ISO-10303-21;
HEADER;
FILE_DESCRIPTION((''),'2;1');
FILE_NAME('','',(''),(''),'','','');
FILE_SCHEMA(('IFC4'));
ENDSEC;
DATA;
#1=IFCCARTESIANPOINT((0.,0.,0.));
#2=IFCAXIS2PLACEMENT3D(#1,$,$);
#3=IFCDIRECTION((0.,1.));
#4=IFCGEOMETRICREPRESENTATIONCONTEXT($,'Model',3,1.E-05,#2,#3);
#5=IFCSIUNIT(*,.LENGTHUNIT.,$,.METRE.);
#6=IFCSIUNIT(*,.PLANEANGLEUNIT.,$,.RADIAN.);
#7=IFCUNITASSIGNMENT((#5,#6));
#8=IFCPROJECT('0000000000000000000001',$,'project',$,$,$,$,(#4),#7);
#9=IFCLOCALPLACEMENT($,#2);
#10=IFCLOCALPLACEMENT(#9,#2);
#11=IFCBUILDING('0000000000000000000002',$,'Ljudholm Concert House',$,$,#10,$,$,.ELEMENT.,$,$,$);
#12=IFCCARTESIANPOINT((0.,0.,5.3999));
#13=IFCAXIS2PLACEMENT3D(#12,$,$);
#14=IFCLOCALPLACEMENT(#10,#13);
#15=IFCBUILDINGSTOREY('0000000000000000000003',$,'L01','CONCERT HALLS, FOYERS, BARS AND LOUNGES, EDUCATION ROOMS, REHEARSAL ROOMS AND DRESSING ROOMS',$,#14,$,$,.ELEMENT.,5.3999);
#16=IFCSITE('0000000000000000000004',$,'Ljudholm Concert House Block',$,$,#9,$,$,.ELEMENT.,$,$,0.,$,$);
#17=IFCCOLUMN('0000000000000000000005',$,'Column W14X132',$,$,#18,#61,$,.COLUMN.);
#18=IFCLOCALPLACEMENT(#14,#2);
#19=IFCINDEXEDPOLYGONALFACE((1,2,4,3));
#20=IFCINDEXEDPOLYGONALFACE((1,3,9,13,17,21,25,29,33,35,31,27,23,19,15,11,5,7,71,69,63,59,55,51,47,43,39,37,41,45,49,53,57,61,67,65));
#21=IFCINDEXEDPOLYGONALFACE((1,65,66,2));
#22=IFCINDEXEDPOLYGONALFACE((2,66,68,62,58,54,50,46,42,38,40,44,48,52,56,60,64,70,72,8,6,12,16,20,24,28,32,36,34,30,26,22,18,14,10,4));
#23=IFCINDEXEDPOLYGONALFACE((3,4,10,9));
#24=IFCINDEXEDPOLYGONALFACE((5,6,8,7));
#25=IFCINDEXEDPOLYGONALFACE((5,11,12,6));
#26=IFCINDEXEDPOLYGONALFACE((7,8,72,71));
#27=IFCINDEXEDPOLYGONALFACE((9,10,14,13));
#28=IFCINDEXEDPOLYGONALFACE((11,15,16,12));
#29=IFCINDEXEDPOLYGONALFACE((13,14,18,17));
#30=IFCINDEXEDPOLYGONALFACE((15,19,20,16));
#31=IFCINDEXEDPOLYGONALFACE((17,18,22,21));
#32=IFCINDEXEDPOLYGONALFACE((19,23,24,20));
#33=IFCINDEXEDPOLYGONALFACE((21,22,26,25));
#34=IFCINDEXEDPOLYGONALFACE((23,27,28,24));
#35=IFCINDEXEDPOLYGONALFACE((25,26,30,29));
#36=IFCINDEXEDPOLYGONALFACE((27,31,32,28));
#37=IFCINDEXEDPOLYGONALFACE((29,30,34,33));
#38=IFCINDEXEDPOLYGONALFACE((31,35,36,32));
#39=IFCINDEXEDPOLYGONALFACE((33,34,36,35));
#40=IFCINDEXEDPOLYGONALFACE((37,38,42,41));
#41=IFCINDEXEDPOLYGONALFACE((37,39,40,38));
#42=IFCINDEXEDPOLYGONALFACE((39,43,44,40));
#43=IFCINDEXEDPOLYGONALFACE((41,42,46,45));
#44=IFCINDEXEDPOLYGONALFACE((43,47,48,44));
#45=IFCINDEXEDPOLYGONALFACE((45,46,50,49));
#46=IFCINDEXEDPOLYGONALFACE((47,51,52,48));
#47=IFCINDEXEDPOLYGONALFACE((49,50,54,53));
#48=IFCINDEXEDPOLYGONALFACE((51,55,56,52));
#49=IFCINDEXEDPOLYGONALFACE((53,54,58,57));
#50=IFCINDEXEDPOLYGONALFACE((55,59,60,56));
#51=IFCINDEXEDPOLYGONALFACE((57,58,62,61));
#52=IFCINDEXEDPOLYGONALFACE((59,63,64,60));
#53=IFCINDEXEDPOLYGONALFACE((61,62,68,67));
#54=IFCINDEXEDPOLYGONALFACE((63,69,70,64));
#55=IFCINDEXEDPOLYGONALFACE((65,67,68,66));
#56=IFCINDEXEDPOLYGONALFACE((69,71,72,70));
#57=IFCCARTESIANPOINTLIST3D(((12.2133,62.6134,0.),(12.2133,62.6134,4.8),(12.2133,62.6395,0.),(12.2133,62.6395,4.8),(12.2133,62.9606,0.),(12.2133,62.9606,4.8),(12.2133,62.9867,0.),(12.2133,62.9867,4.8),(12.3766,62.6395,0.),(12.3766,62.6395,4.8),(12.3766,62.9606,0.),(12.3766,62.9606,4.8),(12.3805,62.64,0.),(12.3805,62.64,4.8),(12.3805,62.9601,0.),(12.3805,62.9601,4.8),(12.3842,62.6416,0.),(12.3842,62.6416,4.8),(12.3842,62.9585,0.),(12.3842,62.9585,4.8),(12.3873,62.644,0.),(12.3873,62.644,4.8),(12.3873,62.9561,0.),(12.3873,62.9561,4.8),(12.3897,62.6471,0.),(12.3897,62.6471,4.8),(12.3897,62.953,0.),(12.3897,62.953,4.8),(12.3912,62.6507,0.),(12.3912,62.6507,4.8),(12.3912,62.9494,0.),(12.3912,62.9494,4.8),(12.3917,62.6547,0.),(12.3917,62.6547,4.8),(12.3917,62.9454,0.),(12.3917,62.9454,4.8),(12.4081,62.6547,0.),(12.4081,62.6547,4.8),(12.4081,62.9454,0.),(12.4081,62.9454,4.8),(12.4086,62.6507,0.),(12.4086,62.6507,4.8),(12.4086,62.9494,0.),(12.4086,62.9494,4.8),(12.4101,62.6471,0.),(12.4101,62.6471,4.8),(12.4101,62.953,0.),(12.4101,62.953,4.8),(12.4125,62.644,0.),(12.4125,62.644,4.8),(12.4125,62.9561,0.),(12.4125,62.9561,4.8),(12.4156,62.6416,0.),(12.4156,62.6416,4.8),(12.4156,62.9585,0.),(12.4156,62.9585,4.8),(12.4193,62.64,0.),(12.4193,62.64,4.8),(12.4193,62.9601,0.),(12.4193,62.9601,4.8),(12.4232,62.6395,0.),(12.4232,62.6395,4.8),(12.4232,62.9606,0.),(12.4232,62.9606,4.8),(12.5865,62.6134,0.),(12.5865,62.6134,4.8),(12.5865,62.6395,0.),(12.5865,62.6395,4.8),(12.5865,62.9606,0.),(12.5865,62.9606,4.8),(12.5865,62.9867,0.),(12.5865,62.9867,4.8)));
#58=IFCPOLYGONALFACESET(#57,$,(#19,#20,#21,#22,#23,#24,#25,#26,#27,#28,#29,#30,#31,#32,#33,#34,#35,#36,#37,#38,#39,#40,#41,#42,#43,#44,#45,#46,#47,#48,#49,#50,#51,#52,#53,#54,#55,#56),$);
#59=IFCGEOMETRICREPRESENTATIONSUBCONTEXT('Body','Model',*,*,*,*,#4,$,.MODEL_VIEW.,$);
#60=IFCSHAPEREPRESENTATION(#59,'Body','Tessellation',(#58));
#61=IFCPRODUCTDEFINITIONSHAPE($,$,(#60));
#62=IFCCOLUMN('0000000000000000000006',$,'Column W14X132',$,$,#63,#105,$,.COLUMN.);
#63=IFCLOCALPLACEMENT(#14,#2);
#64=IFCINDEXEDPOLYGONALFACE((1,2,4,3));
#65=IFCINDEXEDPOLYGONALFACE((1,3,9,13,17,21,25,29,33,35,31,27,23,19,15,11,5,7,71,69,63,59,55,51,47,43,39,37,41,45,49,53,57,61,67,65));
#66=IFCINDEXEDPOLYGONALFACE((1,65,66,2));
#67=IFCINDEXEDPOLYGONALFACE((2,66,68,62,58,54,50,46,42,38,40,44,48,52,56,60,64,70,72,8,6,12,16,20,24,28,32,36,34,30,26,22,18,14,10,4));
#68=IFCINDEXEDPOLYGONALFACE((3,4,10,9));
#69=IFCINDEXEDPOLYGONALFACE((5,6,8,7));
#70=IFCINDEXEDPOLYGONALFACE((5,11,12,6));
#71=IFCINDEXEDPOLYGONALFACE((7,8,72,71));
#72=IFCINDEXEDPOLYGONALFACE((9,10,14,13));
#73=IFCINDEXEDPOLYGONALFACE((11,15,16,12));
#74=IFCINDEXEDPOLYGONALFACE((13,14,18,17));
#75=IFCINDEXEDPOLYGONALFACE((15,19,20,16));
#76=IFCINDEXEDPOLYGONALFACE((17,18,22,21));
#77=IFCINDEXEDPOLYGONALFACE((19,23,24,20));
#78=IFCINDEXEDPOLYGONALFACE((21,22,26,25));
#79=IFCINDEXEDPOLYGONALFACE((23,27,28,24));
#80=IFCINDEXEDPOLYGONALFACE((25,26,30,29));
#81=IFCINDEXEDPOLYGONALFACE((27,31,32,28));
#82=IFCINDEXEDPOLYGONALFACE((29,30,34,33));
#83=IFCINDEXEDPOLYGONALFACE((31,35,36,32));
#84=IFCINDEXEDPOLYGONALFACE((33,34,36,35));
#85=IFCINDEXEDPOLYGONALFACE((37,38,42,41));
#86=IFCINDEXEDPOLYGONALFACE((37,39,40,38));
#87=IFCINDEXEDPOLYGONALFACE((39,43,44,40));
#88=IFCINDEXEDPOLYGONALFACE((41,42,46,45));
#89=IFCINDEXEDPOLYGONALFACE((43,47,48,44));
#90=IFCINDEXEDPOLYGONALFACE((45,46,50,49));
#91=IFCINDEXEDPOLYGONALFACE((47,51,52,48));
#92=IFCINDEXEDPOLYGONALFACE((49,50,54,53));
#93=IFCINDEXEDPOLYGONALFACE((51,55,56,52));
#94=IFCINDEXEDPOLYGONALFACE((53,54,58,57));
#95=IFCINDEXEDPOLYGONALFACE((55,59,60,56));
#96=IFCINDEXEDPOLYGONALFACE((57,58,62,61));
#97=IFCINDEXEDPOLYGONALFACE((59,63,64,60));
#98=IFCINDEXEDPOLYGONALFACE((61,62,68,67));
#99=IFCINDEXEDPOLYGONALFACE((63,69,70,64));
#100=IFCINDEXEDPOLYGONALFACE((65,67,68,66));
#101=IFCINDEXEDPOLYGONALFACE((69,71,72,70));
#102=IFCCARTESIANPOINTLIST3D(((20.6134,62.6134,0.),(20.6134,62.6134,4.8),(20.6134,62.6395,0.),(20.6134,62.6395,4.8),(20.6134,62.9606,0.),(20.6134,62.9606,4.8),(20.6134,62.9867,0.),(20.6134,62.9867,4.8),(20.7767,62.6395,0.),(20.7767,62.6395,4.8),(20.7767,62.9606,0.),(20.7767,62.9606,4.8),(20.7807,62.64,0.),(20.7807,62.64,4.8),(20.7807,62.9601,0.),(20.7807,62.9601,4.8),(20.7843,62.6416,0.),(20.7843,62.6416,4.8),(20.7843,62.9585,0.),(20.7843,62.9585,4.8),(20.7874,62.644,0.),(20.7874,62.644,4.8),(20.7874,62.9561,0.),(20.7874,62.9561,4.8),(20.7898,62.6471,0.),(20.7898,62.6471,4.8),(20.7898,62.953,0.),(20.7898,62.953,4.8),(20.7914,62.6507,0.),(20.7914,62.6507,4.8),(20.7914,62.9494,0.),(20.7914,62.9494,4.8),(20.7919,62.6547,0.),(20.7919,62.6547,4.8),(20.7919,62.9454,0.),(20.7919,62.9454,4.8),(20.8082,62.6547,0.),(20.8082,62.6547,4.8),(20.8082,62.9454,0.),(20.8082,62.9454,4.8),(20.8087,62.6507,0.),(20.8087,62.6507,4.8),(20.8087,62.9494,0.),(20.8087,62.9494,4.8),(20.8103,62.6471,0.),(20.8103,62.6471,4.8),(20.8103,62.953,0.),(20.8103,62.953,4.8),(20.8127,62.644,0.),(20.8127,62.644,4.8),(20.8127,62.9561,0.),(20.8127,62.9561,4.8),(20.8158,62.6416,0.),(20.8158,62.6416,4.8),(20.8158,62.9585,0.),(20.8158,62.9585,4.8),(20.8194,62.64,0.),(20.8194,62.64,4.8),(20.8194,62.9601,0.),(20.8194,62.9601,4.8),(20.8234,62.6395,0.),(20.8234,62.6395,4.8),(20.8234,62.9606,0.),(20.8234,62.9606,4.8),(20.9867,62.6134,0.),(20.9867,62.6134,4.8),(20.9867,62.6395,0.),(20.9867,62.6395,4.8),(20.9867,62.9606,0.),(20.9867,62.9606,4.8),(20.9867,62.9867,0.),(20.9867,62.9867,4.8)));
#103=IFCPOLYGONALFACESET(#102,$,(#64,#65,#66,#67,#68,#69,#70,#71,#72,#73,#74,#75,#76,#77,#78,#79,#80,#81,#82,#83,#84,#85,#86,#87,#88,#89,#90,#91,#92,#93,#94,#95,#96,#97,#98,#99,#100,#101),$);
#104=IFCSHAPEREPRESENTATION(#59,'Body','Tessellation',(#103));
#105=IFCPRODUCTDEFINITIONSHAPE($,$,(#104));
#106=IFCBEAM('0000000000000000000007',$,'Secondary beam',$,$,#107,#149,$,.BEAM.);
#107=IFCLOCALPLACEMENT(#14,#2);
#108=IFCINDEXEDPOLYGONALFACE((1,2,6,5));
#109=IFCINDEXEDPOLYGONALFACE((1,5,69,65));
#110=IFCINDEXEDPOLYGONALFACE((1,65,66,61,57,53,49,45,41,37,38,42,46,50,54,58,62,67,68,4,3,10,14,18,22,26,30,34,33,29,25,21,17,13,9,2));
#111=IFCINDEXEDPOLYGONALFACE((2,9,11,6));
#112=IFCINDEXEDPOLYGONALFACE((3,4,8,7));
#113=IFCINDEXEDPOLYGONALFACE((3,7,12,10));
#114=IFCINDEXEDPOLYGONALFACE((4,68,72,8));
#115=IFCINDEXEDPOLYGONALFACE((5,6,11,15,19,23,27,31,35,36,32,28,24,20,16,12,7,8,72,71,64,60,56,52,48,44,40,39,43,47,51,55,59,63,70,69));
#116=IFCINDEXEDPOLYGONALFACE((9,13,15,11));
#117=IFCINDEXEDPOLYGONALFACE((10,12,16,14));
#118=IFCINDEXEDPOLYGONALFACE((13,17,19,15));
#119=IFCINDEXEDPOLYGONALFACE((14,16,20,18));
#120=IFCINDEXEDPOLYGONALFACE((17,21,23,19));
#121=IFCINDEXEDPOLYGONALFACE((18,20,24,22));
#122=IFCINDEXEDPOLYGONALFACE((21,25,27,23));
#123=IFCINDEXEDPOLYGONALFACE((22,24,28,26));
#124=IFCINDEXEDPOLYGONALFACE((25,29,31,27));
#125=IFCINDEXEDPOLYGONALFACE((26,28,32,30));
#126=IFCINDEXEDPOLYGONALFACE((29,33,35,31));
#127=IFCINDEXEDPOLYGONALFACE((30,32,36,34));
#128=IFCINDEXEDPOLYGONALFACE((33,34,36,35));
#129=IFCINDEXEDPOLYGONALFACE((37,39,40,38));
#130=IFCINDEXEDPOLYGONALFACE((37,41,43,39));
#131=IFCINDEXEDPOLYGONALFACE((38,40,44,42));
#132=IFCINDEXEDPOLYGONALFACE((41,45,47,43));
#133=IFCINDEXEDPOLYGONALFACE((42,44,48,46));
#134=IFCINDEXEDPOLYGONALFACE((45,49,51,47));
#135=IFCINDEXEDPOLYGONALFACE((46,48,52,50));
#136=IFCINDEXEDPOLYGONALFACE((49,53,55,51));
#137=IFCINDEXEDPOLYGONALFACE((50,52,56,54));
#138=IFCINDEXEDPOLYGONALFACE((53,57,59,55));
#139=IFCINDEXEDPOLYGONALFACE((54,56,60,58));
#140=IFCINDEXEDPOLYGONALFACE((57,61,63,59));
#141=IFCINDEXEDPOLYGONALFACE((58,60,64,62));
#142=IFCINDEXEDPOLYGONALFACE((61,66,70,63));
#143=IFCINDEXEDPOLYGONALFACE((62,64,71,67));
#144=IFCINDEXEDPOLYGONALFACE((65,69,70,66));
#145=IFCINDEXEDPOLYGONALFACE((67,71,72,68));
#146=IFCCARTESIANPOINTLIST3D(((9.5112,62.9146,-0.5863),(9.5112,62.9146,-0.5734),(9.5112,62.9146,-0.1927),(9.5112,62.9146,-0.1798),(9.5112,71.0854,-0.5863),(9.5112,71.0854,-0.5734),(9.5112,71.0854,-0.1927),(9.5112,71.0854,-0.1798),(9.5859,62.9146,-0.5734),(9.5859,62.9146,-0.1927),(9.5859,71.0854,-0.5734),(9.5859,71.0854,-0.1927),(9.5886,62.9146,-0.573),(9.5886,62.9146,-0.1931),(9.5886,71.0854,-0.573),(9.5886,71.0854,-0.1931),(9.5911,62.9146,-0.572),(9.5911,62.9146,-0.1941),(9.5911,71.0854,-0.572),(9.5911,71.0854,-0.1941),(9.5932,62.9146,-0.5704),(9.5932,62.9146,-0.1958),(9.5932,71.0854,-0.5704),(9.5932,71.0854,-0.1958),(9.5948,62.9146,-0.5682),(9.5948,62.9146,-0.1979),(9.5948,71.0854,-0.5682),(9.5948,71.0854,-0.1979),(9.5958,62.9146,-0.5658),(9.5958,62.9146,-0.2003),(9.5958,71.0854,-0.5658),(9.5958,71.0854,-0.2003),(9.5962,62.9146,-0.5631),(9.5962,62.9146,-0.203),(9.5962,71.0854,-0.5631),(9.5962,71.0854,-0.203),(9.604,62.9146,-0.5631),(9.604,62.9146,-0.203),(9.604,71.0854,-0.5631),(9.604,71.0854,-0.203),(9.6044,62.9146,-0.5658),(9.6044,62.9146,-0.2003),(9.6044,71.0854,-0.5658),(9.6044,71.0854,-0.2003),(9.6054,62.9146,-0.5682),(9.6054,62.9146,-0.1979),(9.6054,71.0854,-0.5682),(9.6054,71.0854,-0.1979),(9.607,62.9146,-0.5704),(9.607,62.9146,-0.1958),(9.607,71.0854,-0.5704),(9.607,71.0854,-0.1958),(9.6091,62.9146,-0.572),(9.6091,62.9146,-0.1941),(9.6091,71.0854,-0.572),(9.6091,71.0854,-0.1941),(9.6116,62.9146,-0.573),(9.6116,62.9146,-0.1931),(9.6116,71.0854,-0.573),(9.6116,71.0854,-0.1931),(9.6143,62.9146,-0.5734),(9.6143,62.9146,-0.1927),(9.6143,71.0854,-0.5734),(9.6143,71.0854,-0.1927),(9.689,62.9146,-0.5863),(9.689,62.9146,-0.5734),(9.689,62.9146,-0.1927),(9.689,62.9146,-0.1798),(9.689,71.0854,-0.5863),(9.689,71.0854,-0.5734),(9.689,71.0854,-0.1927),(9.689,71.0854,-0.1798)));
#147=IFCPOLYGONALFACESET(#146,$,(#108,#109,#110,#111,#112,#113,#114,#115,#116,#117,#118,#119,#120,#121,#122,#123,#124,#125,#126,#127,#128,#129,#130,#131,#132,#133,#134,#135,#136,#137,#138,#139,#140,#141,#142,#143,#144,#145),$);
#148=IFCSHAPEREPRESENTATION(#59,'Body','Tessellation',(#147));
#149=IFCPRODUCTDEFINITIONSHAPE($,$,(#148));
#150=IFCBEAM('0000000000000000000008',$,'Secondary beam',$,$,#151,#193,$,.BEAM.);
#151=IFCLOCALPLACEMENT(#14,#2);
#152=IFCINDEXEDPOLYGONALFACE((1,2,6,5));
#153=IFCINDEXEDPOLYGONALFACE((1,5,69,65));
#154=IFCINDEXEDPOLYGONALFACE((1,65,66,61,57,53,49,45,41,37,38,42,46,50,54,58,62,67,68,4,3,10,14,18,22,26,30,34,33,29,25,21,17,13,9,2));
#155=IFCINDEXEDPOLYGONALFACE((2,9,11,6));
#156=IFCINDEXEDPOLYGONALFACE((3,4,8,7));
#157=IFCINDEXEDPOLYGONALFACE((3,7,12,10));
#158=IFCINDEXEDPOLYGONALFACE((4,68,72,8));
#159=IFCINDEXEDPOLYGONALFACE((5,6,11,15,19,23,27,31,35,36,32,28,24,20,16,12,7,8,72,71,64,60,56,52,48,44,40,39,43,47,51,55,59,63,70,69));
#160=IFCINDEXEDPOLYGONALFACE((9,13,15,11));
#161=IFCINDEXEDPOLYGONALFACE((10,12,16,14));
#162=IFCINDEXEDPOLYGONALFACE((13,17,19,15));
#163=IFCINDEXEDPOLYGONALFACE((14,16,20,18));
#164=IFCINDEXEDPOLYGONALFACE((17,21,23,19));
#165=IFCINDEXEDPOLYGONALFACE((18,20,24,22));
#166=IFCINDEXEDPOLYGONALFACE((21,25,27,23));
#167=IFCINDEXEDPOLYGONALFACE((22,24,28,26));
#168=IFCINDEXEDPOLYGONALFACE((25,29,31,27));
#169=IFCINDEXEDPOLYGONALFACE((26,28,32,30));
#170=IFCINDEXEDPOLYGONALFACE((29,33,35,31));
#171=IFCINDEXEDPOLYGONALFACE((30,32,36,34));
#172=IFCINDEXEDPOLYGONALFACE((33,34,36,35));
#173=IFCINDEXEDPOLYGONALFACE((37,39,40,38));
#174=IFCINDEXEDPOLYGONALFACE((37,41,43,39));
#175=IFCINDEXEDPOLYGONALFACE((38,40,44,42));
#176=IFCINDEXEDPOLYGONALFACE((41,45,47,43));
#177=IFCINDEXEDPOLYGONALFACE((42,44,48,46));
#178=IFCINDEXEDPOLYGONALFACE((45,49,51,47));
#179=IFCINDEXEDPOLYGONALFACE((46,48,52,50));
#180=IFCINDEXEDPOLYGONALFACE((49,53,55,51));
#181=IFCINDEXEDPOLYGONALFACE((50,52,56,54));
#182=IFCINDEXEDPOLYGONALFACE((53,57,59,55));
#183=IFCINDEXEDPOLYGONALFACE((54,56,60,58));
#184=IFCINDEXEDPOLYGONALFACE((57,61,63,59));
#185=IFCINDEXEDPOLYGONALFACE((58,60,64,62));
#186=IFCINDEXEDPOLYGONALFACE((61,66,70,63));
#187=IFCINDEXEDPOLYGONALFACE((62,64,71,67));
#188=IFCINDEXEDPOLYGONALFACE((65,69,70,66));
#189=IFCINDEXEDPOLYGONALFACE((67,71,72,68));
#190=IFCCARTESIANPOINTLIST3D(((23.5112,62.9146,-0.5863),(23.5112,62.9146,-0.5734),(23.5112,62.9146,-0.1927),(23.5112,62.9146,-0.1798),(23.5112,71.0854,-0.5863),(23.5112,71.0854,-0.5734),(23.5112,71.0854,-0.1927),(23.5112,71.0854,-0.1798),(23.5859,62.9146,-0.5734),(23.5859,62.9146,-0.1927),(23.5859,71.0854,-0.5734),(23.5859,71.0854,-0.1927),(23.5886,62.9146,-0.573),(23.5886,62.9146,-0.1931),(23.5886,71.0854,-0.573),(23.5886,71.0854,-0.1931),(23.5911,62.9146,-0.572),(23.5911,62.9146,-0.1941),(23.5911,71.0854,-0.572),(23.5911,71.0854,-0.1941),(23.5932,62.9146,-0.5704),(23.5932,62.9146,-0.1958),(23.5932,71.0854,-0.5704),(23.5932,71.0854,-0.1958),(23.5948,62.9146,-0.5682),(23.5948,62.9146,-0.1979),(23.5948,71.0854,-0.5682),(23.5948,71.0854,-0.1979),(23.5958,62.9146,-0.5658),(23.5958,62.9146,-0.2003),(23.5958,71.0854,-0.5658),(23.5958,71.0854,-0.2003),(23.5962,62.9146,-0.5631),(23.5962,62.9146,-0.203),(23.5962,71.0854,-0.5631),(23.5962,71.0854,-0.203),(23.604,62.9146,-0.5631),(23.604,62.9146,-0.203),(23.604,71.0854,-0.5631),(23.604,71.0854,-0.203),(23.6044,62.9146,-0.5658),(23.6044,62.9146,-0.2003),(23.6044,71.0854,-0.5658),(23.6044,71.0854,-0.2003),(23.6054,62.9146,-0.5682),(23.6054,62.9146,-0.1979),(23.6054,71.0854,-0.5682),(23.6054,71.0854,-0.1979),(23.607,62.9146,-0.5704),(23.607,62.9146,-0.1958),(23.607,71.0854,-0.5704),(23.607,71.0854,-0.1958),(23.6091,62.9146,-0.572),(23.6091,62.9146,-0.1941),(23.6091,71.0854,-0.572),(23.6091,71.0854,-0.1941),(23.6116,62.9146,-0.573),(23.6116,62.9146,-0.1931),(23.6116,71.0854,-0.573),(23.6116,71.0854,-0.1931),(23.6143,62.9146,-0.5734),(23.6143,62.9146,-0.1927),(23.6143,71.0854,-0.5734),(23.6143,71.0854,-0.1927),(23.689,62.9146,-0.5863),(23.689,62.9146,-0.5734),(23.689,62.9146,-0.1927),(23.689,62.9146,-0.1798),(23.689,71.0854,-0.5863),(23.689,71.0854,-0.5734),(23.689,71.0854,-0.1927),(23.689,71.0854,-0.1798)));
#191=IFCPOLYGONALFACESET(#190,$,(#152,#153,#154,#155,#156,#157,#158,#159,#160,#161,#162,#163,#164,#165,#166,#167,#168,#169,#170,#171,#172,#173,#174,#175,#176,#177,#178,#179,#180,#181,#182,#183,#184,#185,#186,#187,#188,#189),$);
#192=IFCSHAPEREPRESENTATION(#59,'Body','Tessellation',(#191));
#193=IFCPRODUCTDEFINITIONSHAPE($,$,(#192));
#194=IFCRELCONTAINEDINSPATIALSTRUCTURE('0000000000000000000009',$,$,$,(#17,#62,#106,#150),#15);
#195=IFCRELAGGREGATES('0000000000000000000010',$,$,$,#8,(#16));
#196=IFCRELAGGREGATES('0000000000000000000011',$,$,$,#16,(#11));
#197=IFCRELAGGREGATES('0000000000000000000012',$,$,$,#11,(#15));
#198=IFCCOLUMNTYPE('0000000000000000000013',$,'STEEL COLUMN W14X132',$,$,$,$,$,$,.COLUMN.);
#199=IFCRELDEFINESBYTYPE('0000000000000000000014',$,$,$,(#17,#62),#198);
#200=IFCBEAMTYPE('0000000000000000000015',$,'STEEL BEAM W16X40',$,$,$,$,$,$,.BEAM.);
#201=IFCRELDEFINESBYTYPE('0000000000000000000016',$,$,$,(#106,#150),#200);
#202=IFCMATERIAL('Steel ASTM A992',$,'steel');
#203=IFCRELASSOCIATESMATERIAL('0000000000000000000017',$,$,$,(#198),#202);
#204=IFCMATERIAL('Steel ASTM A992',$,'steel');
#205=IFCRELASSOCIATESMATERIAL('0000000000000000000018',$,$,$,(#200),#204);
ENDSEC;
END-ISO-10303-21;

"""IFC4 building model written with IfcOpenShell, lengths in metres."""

from ifc_helpers import new_model, si_unit, direction, frame, origin, origin_2d, place, context, subcontext, project, spatial, i_section, extrude, material, material_profile, profile_set, type_object, element, save


model = new_model("IFC4")

# Units and contexts
model_context = context("Model", 3, precision=1e-05, world=origin(), true_north=direction((0.0, 1.0)))
body_context = subcontext(model_context, "Body", "Model", "MODEL_VIEW")
ifc_project = project(units=[si_unit("LENGTHUNIT", "METRE"), si_unit("PLANEANGLEUNIT", "RADIAN")], contexts=[model_context])

# Site, building, storey
site_placement = place(None, origin())
site = spatial("IfcSite", under=ifc_project, at=site_placement, Name="Ljudholm Concert House Block", CompositionType="ELEMENT", RefElevation=0.0)
building_placement = place(site_placement, origin())
building = spatial("IfcBuilding", under=site, at=building_placement, Name="Ljudholm Concert House", CompositionType="ELEMENT")
storey_placement = place(building_placement, frame((0.0, 0.0, 5.3999)))
storey = spatial("IfcBuildingStorey", under=building, at=storey_placement, Name="L01", Description="CONCERT HALLS, FOYERS, BARS AND LOUNGES, EDUCATION ROOMS, REHEARSAL ROOMS AND DRESSING ROOMS", CompositionType="ELEMENT", Elevation=5.3999)

# Columns
ifc_material_1 = material(Name="Steel ASTM A992", Category="steel")
ifc_material_profile_1 = material_profile(ifc_material_1, i_section(OverallWidth=0.3733, OverallDepth=0.3733, WebThickness=0.0164, FlangeThickness=0.0261, FilletRadius=0.0151, at=origin_2d()), Name="W14X132")
ifc_profile_set_1 = profile_set([ifc_material_profile_1], Name="Steel ASTM A992")
column_type = type_object("IfcColumnType", Name="STEEL COLUMN W14X132", PredefinedType="COLUMN", material=ifc_profile_set_1)
for number, where, z_axis, x_axis, name in (
    (1, (12.3999, 62.8, 0.0), (0.0, 0.0, 1.0), (1.0, 0.0, 0.0), "Column W14X132"),
    (2, (20.8, 62.8, 0.0), (0.0, 0.0, 1.0), (1.0, 0.0, 0.0), "Column W14X132"),
):
    element("IfcColumn", number, at=place(storey_placement, frame(where, z_axis=z_axis, x_axis=x_axis)), inside=storey, type_object=column_type, Name=name, PredefinedType="COLUMN", context=body_context, shape_type="SweptSolid", body=[
        extrude(i_section(OverallWidth=0.3733, OverallDepth=0.3733, WebThickness=0.0164, FlangeThickness=0.0261, FilletRadius=0.0151, at=origin_2d()), origin(), (0.0, 0.0, 1.0), 4.8),
    ])

# Beams
ifc_material_2 = material(Name="Steel ASTM A992", Category="steel")
ifc_material_profile_2 = material_profile(ifc_material_2, i_section(OverallWidth=0.1777, OverallDepth=0.4065, WebThickness=0.0078, FlangeThickness=0.0129, FilletRadius=0.0103, at=origin_2d()), Name="W16X40")
ifc_profile_set_2 = profile_set([ifc_material_profile_2], Name="Steel ASTM A992")
beam_type_1 = type_object("IfcBeamType", Name="STEEL BEAM W16X40", PredefinedType="BEAM", material=ifc_profile_set_2)
for number, where, z_axis, x_axis, name in (
    (3, (9.6001, 62.9146, -0.3831), (0.0, 1.0, 0.0), (-1.0, 0.0, 0.0), "Secondary beam"),
    (4, (23.6001, 62.9146, -0.3831), (0.0, 1.0, 0.0), (-1.0, 0.0, 0.0), "Secondary beam"),
):
    element("IfcBeam", number, at=place(storey_placement, frame(where, z_axis=z_axis, x_axis=x_axis)), inside=storey, type_object=beam_type_1, Name=name, PredefinedType="BEAM", context=body_context, shape_type="SweptSolid", body=[
        extrude(i_section(OverallWidth=0.1777, OverallDepth=0.4065, WebThickness=0.0078, FlangeThickness=0.0129, FilletRadius=0.0103, at=origin_2d()), origin(), (0.0, 0.0, 1.0), 8.1709),
    ])

save(model, "model.ifc")
